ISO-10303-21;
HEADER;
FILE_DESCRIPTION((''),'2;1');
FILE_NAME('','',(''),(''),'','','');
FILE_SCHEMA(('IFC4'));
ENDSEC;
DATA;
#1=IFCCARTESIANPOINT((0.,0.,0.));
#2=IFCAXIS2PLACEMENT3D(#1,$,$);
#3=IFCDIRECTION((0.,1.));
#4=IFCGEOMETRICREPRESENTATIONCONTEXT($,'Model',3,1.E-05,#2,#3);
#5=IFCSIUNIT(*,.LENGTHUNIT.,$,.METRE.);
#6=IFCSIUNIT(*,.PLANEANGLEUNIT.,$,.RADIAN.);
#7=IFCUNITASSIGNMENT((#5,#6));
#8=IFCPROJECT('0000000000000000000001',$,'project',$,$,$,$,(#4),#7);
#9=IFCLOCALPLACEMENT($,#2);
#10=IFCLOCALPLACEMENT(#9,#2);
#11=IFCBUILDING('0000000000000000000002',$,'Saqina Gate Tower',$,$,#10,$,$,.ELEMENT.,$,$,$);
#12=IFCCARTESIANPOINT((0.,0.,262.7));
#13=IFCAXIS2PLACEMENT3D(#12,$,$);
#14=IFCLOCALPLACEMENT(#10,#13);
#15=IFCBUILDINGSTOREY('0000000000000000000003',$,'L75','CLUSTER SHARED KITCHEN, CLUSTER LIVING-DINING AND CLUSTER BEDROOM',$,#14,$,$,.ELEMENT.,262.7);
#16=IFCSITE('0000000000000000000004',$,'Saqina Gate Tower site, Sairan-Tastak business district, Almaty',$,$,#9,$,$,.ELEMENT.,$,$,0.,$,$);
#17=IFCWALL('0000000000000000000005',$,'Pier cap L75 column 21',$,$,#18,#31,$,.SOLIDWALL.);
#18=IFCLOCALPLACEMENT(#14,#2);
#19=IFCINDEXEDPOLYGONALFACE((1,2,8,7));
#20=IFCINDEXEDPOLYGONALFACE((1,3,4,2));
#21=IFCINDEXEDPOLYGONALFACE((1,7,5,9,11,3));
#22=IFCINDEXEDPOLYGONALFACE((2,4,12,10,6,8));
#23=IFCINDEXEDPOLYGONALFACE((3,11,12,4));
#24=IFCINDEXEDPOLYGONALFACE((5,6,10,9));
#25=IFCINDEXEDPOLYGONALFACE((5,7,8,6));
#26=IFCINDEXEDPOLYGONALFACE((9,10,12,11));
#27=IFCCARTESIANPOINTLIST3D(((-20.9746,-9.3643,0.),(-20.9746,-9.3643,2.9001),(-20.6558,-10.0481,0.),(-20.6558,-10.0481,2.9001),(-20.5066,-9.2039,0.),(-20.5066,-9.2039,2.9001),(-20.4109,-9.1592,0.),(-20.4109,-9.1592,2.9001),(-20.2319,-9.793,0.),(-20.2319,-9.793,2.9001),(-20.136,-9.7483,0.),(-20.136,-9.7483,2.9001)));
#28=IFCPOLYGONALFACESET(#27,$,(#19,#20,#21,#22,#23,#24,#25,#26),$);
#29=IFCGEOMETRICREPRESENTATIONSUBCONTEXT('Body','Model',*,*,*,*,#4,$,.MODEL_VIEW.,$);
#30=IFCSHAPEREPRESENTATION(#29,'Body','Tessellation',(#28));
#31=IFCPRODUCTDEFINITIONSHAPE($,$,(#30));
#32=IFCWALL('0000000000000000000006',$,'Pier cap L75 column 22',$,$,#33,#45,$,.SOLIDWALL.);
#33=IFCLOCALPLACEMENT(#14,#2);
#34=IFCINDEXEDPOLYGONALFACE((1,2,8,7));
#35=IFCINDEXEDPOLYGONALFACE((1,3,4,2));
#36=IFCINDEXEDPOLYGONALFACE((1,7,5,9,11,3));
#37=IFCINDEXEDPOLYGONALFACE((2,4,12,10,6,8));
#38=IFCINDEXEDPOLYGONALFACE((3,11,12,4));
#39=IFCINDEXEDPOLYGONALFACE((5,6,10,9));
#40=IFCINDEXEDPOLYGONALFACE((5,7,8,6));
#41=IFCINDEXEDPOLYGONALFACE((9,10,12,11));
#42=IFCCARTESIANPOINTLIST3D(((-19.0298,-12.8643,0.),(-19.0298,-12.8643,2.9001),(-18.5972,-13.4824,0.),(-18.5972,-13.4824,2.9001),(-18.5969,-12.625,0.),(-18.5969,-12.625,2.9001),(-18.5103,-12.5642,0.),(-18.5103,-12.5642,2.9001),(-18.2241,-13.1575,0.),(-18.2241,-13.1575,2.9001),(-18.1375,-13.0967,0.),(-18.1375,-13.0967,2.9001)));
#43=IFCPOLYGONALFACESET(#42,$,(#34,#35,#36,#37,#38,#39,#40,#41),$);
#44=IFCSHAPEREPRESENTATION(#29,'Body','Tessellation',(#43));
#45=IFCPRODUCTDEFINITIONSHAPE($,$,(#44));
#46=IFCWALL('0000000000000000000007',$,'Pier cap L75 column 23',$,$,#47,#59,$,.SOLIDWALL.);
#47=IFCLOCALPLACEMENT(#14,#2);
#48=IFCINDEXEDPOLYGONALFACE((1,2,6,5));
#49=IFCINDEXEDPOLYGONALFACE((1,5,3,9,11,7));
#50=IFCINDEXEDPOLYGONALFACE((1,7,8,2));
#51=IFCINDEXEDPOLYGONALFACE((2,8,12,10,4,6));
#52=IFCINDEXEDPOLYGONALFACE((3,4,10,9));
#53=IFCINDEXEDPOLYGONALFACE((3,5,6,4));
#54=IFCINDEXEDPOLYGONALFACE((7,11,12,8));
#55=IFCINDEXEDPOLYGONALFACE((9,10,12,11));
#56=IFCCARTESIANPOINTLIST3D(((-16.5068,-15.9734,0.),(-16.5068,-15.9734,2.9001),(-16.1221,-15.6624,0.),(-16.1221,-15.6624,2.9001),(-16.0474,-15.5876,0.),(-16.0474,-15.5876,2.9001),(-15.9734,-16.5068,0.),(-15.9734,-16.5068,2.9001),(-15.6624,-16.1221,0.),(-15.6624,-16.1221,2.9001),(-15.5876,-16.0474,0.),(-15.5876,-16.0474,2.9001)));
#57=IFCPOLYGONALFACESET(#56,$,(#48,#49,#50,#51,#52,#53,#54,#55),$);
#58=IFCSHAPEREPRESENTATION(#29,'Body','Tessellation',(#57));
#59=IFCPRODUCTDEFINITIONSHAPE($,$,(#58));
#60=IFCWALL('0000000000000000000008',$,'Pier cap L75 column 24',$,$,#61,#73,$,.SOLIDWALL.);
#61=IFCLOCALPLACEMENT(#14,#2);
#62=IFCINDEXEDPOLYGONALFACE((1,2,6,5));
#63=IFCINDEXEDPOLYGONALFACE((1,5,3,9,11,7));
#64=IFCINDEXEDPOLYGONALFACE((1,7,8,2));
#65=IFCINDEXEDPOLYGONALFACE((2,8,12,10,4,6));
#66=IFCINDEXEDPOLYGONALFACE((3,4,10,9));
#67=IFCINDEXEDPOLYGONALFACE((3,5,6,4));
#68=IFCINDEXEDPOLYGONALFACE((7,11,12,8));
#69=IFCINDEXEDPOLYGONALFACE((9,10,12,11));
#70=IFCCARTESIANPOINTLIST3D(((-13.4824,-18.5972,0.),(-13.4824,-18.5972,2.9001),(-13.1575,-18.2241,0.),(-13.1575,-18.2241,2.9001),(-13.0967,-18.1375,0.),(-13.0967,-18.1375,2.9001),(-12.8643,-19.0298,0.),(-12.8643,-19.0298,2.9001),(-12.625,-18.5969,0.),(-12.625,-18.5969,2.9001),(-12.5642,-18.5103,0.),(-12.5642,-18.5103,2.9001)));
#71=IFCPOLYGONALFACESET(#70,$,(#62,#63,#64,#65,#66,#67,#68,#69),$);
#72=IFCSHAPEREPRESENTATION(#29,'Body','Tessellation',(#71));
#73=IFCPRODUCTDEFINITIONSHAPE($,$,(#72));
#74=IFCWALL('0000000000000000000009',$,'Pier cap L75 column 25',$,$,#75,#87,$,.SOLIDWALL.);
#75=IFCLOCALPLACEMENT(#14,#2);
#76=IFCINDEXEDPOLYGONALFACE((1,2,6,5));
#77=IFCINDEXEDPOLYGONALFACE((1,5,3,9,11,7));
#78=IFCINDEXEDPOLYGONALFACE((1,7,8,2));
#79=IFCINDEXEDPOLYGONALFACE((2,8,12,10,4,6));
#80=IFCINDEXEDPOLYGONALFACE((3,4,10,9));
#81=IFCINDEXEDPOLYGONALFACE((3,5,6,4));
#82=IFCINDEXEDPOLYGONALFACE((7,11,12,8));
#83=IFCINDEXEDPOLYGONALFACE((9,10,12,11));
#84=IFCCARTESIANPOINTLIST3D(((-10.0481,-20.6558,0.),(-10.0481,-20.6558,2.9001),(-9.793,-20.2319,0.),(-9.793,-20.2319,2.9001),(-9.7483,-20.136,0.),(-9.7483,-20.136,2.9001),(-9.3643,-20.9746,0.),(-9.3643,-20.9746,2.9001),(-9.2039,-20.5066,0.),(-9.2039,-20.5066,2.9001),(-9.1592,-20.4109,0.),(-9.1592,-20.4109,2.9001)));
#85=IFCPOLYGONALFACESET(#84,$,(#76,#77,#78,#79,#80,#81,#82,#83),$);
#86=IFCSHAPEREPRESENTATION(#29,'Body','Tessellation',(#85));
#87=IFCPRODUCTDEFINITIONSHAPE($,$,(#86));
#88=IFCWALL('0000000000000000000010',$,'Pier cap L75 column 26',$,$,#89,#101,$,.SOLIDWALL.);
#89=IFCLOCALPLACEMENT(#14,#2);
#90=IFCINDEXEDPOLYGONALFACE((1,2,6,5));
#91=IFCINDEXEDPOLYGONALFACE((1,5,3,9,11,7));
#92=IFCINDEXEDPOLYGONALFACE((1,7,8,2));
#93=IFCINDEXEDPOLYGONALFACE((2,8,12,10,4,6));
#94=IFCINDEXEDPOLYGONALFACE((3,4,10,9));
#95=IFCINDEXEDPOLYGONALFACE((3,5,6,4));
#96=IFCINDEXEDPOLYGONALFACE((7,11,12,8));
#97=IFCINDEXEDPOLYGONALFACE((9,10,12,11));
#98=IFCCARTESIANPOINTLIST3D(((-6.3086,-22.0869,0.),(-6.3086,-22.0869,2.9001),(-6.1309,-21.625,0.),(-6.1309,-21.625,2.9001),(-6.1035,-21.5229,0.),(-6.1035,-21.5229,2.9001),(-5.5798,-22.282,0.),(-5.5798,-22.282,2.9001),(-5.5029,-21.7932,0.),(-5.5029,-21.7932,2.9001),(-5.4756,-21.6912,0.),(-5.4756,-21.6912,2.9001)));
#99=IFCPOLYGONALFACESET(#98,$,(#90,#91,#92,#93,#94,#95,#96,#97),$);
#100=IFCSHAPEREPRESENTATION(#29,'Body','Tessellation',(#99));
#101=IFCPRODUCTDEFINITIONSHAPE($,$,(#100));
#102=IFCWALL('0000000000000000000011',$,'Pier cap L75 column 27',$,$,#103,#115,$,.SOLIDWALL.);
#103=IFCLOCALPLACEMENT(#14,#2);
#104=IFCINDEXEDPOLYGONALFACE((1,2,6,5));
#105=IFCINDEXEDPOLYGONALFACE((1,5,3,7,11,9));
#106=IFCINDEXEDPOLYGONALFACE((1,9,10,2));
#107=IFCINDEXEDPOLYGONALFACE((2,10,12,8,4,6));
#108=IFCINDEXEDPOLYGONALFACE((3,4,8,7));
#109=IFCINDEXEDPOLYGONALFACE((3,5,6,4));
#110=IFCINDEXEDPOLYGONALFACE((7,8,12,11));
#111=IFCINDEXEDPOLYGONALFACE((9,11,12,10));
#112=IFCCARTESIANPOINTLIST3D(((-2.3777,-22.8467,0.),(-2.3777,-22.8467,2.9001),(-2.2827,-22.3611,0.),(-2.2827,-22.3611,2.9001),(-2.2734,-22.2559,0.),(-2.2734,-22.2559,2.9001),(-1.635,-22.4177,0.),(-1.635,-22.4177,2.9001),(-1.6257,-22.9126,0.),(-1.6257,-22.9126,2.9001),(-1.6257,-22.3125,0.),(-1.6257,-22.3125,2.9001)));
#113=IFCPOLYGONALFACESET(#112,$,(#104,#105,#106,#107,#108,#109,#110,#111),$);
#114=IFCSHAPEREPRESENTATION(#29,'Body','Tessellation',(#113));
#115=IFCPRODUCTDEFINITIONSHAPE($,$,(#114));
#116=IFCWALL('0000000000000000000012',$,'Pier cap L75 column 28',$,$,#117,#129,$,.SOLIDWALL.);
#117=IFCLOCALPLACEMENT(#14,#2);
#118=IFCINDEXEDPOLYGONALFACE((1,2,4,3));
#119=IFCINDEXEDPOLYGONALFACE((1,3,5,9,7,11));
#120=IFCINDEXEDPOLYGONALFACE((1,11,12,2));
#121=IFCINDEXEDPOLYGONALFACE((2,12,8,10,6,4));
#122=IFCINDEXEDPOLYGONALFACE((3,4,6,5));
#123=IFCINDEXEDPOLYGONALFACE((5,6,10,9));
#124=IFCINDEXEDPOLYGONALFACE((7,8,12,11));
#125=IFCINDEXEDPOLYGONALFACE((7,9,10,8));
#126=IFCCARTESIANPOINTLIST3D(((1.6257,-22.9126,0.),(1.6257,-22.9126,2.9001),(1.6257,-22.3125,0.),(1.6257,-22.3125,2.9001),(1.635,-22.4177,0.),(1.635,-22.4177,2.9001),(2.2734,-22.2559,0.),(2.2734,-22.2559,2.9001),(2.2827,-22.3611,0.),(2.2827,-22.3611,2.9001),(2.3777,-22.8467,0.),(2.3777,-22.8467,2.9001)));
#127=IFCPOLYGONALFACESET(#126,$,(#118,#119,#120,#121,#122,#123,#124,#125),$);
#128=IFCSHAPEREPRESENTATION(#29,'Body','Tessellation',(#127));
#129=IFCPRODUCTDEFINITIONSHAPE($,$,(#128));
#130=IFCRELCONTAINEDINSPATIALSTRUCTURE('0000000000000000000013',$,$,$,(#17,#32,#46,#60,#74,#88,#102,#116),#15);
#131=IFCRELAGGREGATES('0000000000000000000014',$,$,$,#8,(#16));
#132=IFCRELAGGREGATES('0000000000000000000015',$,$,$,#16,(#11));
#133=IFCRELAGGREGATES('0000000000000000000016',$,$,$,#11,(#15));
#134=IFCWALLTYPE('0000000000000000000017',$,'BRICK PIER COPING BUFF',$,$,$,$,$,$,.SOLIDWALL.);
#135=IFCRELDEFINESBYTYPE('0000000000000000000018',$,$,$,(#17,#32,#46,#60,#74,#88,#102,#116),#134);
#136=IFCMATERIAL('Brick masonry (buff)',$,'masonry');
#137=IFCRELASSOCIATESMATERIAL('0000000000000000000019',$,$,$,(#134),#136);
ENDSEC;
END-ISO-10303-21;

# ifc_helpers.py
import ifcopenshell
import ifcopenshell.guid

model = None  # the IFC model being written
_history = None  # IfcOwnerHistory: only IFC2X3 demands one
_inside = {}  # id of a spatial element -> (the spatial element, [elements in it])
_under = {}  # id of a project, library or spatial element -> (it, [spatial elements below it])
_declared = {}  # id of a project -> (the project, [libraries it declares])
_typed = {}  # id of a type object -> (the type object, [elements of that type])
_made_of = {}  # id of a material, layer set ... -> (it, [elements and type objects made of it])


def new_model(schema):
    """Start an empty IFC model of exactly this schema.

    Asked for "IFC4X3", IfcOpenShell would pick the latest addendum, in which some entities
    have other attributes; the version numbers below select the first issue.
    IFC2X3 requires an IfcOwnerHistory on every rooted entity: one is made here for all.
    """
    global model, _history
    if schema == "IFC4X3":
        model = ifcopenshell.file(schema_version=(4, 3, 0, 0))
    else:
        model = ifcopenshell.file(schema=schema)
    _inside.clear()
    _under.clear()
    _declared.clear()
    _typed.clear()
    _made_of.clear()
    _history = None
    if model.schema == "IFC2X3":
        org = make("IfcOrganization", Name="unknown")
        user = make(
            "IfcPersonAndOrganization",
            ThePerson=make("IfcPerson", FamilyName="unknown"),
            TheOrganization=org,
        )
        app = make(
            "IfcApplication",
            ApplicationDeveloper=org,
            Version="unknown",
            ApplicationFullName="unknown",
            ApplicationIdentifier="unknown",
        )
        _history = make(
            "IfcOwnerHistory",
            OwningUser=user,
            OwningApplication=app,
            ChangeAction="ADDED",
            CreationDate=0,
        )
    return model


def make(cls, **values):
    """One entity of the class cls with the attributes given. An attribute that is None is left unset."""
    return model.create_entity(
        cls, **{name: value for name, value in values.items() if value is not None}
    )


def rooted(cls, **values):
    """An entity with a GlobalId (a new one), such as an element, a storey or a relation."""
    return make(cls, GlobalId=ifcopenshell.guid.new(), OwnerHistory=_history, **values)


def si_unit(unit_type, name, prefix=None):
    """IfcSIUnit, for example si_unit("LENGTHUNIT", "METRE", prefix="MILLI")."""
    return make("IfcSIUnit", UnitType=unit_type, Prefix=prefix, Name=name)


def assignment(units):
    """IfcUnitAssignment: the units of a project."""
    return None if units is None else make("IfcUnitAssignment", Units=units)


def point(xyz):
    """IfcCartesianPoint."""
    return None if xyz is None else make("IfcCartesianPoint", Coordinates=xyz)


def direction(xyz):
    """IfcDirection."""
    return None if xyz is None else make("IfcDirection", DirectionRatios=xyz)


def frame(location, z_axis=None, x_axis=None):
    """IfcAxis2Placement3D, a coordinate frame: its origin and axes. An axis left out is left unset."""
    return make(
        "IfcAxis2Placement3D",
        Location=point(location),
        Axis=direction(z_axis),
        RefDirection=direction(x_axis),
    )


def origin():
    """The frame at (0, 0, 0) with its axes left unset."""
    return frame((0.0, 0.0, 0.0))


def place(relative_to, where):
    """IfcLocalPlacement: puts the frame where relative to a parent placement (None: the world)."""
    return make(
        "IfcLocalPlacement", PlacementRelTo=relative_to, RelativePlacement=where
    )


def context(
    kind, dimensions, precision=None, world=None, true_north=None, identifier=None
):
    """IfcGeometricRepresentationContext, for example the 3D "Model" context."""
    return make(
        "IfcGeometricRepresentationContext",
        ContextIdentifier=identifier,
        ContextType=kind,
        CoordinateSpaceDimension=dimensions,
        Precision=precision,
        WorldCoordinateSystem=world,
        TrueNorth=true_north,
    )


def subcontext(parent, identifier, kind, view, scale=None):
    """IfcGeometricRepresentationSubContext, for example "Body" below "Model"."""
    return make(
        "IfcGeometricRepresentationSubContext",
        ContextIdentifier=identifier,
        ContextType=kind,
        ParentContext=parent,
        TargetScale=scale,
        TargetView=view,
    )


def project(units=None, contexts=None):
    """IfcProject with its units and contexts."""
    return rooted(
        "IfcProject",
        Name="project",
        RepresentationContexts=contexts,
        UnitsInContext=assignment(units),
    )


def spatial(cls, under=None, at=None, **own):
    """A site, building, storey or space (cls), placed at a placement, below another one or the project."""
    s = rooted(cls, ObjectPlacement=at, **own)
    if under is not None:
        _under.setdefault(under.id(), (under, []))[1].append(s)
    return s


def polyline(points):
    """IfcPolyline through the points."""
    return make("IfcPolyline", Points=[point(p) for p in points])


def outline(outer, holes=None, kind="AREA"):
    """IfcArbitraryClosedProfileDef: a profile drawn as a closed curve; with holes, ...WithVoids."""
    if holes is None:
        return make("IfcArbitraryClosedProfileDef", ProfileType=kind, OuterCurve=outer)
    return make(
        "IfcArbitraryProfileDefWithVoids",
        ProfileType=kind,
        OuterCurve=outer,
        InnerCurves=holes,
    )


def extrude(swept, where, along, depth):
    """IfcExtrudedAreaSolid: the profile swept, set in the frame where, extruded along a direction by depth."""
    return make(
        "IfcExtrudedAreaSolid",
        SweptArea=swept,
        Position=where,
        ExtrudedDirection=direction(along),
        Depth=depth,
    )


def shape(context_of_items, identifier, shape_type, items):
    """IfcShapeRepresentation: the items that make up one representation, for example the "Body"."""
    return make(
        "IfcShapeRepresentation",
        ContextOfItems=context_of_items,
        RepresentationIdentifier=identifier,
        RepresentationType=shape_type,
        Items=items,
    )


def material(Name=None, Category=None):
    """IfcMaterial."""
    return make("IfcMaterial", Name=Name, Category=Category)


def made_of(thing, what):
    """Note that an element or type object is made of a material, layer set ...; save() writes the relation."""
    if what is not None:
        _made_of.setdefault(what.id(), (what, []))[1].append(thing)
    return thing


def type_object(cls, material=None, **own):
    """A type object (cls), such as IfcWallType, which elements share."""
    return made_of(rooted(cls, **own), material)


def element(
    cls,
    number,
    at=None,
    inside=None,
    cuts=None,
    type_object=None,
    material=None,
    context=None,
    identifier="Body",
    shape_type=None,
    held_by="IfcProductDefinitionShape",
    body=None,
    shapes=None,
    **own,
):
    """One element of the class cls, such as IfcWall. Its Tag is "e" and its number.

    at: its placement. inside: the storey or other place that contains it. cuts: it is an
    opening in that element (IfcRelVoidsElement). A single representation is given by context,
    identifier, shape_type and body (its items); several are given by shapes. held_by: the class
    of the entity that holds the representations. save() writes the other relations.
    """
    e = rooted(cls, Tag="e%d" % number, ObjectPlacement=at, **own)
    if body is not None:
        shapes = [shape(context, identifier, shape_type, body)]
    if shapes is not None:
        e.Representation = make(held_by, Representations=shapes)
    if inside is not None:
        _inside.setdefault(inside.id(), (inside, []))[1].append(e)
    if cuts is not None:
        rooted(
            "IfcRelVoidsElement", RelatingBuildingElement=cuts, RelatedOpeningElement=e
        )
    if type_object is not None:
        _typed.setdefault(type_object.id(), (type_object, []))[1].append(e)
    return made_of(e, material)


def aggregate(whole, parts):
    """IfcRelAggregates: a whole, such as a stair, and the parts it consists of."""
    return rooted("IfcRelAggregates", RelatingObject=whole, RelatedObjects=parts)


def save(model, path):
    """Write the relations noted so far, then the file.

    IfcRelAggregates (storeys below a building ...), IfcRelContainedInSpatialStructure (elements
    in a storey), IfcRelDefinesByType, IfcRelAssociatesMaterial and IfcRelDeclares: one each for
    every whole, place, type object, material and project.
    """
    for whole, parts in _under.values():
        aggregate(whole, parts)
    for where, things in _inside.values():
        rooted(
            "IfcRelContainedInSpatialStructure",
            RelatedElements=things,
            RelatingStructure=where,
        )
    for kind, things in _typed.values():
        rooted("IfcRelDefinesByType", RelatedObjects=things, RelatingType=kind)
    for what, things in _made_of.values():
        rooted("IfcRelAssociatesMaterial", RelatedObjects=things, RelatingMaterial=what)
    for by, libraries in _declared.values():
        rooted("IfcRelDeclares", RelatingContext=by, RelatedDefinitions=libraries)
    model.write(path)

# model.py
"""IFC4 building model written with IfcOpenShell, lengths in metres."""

from ifc_helpers import new_model, si_unit, direction, frame, origin, place, context, subcontext, project, spatial, polyline, outline, extrude, material, type_object, element, save


model = new_model("IFC4")

# Units and contexts
model_context = context("Model", 3, precision=1e-05, world=origin(), true_north=direction((0.0, 1.0)))
body_context = subcontext(model_context, "Body", "Model", "MODEL_VIEW")
ifc_project = project(units=[si_unit("LENGTHUNIT", "METRE"), si_unit("PLANEANGLEUNIT", "RADIAN")], contexts=[model_context])

# Site, building, storey
site_placement = place(None, origin())
site = spatial("IfcSite", under=ifc_project, at=site_placement, Name="Saqina Gate Tower site, Sairan-Tastak business district, Almaty", CompositionType="ELEMENT", RefElevation=0.0)
building_placement = place(site_placement, origin())
building = spatial("IfcBuilding", under=site, at=building_placement, Name="Saqina Gate Tower", CompositionType="ELEMENT")
storey_placement = place(building_placement, frame((0.0, 0.0, 262.7)))
storey = spatial("IfcBuildingStorey", under=building, at=storey_placement, Name="L75", Description="CLUSTER SHARED KITCHEN, CLUSTER LIVING-DINING AND CLUSTER BEDROOM", CompositionType="ELEMENT", Elevation=262.7)

# Walls
ifc_material = material(Name="Brick masonry (buff)", Category="masonry")
wall_type = type_object("IfcWallType", Name="BRICK PIER COPING BUFF", PredefinedType="SOLIDWALL", material=ifc_material)
wall_1_placement = place(storey_placement, origin())
element("IfcWall", 1, at=wall_1_placement, inside=storey, type_object=wall_type, Name="Pier cap L75 column 21", PredefinedType="SOLIDWALL", context=body_context, shape_type="SweptSolid", body=[
    extrude(outline(polyline([(-20.9746, -9.3643), (-20.6558, -10.0481), (-20.136, -9.7483), (-20.2319, -9.793), (-20.5066, -9.2039), (-20.4109, -9.1592), (-20.9746, -9.3643)])), origin(), (0.0, 0.0, 1.0), 2.9001),
])
wall_2_placement = place(storey_placement, origin())
element("IfcWall", 2, at=wall_2_placement, inside=storey, type_object=wall_type, Name="Pier cap L75 column 22", PredefinedType="SOLIDWALL", context=body_context, shape_type="SweptSolid", body=[
    extrude(outline(polyline([(-19.0298, -12.8643), (-18.5972, -13.4824), (-18.1375, -13.0967), (-18.2241, -13.1575), (-18.5969, -12.625), (-18.5103, -12.5642), (-19.0298, -12.8643)])), origin(), (0.0, 0.0, 1.0), 2.9001),
])
wall_3_placement = place(storey_placement, origin())
element("IfcWall", 3, at=wall_3_placement, inside=storey, type_object=wall_type, Name="Pier cap L75 column 23", PredefinedType="SOLIDWALL", context=body_context, shape_type="SweptSolid", body=[
    extrude(outline(polyline([(-15.9734, -16.5068), (-15.5876, -16.0474), (-15.6624, -16.1221), (-16.1221, -15.6624), (-16.0474, -15.5876), (-16.5068, -15.9734), (-15.9734, -16.5068)])), origin(), (0.0, 0.0, 1.0), 2.9001),
])
wall_4_placement = place(storey_placement, origin())
element("IfcWall", 4, at=wall_4_placement, inside=storey, type_object=wall_type, Name="Pier cap L75 column 24", PredefinedType="SOLIDWALL", context=body_context, shape_type="SweptSolid", body=[
    extrude(outline(polyline([(-12.8643, -19.0298), (-12.5642, -18.5103), (-12.625, -18.5969), (-13.1575, -18.2241), (-13.0967, -18.1375), (-13.4824, -18.5972), (-12.8643, -19.0298)])), origin(), (0.0, 0.0, 1.0), 2.9001),
])
wall_5_placement = place(storey_placement, origin())
element("IfcWall", 5, at=wall_5_placement, inside=storey, type_object=wall_type, Name="Pier cap L75 column 25", PredefinedType="SOLIDWALL", context=body_context, shape_type="SweptSolid", body=[
    extrude(outline(polyline([(-10.0481, -20.6558), (-9.3643, -20.9746), (-9.1592, -20.4109), (-9.2039, -20.5066), (-9.793, -20.2319), (-9.7483, -20.136), (-10.0481, -20.6558)])), origin(), (0.0, 0.0, 1.0), 2.9001),
])
wall_6_placement = place(storey_placement, origin())
element("IfcWall", 6, at=wall_6_placement, inside=storey, type_object=wall_type, Name="Pier cap L75 column 26", PredefinedType="SOLIDWALL", context=body_context, shape_type="SweptSolid", body=[
    extrude(outline(polyline([(-5.5798, -22.282), (-5.4756, -21.6912), (-5.5029, -21.7932), (-6.1309, -21.625), (-6.1035, -21.5229), (-6.3086, -22.0869), (-5.5798, -22.282)])), origin(), (0.0, 0.0, 1.0), 2.9001),
])
wall_7_placement = place(storey_placement, origin())
element("IfcWall", 7, at=wall_7_placement, inside=storey, type_object=wall_type, Name="Pier cap L75 column 27", PredefinedType="SOLIDWALL", context=body_context, shape_type="SweptSolid", body=[
    extrude(outline(polyline([(-2.3777, -22.8467), (-1.6257, -22.9126), (-1.6257, -22.3125), (-1.635, -22.4177), (-2.2827, -22.3611), (-2.2734, -22.2559), (-2.3777, -22.8467)])), origin(), (0.0, 0.0, 1.0), 2.9001),
])
wall_8_placement = place(storey_placement, origin())
element("IfcWall", 8, at=wall_8_placement, inside=storey, type_object=wall_type, Name="Pier cap L75 column 28", PredefinedType="SOLIDWALL", context=body_context, shape_type="SweptSolid", body=[
    extrude(outline(polyline([(1.6257, -22.9126), (2.3777, -22.8467), (2.2734, -22.2559), (2.2827, -22.3611), (1.635, -22.4177), (1.6257, -22.3125), (1.6257, -22.9126)])), origin(), (0.0, 0.0, 1.0), 2.9001),
])

save(model, "model.ifc")
